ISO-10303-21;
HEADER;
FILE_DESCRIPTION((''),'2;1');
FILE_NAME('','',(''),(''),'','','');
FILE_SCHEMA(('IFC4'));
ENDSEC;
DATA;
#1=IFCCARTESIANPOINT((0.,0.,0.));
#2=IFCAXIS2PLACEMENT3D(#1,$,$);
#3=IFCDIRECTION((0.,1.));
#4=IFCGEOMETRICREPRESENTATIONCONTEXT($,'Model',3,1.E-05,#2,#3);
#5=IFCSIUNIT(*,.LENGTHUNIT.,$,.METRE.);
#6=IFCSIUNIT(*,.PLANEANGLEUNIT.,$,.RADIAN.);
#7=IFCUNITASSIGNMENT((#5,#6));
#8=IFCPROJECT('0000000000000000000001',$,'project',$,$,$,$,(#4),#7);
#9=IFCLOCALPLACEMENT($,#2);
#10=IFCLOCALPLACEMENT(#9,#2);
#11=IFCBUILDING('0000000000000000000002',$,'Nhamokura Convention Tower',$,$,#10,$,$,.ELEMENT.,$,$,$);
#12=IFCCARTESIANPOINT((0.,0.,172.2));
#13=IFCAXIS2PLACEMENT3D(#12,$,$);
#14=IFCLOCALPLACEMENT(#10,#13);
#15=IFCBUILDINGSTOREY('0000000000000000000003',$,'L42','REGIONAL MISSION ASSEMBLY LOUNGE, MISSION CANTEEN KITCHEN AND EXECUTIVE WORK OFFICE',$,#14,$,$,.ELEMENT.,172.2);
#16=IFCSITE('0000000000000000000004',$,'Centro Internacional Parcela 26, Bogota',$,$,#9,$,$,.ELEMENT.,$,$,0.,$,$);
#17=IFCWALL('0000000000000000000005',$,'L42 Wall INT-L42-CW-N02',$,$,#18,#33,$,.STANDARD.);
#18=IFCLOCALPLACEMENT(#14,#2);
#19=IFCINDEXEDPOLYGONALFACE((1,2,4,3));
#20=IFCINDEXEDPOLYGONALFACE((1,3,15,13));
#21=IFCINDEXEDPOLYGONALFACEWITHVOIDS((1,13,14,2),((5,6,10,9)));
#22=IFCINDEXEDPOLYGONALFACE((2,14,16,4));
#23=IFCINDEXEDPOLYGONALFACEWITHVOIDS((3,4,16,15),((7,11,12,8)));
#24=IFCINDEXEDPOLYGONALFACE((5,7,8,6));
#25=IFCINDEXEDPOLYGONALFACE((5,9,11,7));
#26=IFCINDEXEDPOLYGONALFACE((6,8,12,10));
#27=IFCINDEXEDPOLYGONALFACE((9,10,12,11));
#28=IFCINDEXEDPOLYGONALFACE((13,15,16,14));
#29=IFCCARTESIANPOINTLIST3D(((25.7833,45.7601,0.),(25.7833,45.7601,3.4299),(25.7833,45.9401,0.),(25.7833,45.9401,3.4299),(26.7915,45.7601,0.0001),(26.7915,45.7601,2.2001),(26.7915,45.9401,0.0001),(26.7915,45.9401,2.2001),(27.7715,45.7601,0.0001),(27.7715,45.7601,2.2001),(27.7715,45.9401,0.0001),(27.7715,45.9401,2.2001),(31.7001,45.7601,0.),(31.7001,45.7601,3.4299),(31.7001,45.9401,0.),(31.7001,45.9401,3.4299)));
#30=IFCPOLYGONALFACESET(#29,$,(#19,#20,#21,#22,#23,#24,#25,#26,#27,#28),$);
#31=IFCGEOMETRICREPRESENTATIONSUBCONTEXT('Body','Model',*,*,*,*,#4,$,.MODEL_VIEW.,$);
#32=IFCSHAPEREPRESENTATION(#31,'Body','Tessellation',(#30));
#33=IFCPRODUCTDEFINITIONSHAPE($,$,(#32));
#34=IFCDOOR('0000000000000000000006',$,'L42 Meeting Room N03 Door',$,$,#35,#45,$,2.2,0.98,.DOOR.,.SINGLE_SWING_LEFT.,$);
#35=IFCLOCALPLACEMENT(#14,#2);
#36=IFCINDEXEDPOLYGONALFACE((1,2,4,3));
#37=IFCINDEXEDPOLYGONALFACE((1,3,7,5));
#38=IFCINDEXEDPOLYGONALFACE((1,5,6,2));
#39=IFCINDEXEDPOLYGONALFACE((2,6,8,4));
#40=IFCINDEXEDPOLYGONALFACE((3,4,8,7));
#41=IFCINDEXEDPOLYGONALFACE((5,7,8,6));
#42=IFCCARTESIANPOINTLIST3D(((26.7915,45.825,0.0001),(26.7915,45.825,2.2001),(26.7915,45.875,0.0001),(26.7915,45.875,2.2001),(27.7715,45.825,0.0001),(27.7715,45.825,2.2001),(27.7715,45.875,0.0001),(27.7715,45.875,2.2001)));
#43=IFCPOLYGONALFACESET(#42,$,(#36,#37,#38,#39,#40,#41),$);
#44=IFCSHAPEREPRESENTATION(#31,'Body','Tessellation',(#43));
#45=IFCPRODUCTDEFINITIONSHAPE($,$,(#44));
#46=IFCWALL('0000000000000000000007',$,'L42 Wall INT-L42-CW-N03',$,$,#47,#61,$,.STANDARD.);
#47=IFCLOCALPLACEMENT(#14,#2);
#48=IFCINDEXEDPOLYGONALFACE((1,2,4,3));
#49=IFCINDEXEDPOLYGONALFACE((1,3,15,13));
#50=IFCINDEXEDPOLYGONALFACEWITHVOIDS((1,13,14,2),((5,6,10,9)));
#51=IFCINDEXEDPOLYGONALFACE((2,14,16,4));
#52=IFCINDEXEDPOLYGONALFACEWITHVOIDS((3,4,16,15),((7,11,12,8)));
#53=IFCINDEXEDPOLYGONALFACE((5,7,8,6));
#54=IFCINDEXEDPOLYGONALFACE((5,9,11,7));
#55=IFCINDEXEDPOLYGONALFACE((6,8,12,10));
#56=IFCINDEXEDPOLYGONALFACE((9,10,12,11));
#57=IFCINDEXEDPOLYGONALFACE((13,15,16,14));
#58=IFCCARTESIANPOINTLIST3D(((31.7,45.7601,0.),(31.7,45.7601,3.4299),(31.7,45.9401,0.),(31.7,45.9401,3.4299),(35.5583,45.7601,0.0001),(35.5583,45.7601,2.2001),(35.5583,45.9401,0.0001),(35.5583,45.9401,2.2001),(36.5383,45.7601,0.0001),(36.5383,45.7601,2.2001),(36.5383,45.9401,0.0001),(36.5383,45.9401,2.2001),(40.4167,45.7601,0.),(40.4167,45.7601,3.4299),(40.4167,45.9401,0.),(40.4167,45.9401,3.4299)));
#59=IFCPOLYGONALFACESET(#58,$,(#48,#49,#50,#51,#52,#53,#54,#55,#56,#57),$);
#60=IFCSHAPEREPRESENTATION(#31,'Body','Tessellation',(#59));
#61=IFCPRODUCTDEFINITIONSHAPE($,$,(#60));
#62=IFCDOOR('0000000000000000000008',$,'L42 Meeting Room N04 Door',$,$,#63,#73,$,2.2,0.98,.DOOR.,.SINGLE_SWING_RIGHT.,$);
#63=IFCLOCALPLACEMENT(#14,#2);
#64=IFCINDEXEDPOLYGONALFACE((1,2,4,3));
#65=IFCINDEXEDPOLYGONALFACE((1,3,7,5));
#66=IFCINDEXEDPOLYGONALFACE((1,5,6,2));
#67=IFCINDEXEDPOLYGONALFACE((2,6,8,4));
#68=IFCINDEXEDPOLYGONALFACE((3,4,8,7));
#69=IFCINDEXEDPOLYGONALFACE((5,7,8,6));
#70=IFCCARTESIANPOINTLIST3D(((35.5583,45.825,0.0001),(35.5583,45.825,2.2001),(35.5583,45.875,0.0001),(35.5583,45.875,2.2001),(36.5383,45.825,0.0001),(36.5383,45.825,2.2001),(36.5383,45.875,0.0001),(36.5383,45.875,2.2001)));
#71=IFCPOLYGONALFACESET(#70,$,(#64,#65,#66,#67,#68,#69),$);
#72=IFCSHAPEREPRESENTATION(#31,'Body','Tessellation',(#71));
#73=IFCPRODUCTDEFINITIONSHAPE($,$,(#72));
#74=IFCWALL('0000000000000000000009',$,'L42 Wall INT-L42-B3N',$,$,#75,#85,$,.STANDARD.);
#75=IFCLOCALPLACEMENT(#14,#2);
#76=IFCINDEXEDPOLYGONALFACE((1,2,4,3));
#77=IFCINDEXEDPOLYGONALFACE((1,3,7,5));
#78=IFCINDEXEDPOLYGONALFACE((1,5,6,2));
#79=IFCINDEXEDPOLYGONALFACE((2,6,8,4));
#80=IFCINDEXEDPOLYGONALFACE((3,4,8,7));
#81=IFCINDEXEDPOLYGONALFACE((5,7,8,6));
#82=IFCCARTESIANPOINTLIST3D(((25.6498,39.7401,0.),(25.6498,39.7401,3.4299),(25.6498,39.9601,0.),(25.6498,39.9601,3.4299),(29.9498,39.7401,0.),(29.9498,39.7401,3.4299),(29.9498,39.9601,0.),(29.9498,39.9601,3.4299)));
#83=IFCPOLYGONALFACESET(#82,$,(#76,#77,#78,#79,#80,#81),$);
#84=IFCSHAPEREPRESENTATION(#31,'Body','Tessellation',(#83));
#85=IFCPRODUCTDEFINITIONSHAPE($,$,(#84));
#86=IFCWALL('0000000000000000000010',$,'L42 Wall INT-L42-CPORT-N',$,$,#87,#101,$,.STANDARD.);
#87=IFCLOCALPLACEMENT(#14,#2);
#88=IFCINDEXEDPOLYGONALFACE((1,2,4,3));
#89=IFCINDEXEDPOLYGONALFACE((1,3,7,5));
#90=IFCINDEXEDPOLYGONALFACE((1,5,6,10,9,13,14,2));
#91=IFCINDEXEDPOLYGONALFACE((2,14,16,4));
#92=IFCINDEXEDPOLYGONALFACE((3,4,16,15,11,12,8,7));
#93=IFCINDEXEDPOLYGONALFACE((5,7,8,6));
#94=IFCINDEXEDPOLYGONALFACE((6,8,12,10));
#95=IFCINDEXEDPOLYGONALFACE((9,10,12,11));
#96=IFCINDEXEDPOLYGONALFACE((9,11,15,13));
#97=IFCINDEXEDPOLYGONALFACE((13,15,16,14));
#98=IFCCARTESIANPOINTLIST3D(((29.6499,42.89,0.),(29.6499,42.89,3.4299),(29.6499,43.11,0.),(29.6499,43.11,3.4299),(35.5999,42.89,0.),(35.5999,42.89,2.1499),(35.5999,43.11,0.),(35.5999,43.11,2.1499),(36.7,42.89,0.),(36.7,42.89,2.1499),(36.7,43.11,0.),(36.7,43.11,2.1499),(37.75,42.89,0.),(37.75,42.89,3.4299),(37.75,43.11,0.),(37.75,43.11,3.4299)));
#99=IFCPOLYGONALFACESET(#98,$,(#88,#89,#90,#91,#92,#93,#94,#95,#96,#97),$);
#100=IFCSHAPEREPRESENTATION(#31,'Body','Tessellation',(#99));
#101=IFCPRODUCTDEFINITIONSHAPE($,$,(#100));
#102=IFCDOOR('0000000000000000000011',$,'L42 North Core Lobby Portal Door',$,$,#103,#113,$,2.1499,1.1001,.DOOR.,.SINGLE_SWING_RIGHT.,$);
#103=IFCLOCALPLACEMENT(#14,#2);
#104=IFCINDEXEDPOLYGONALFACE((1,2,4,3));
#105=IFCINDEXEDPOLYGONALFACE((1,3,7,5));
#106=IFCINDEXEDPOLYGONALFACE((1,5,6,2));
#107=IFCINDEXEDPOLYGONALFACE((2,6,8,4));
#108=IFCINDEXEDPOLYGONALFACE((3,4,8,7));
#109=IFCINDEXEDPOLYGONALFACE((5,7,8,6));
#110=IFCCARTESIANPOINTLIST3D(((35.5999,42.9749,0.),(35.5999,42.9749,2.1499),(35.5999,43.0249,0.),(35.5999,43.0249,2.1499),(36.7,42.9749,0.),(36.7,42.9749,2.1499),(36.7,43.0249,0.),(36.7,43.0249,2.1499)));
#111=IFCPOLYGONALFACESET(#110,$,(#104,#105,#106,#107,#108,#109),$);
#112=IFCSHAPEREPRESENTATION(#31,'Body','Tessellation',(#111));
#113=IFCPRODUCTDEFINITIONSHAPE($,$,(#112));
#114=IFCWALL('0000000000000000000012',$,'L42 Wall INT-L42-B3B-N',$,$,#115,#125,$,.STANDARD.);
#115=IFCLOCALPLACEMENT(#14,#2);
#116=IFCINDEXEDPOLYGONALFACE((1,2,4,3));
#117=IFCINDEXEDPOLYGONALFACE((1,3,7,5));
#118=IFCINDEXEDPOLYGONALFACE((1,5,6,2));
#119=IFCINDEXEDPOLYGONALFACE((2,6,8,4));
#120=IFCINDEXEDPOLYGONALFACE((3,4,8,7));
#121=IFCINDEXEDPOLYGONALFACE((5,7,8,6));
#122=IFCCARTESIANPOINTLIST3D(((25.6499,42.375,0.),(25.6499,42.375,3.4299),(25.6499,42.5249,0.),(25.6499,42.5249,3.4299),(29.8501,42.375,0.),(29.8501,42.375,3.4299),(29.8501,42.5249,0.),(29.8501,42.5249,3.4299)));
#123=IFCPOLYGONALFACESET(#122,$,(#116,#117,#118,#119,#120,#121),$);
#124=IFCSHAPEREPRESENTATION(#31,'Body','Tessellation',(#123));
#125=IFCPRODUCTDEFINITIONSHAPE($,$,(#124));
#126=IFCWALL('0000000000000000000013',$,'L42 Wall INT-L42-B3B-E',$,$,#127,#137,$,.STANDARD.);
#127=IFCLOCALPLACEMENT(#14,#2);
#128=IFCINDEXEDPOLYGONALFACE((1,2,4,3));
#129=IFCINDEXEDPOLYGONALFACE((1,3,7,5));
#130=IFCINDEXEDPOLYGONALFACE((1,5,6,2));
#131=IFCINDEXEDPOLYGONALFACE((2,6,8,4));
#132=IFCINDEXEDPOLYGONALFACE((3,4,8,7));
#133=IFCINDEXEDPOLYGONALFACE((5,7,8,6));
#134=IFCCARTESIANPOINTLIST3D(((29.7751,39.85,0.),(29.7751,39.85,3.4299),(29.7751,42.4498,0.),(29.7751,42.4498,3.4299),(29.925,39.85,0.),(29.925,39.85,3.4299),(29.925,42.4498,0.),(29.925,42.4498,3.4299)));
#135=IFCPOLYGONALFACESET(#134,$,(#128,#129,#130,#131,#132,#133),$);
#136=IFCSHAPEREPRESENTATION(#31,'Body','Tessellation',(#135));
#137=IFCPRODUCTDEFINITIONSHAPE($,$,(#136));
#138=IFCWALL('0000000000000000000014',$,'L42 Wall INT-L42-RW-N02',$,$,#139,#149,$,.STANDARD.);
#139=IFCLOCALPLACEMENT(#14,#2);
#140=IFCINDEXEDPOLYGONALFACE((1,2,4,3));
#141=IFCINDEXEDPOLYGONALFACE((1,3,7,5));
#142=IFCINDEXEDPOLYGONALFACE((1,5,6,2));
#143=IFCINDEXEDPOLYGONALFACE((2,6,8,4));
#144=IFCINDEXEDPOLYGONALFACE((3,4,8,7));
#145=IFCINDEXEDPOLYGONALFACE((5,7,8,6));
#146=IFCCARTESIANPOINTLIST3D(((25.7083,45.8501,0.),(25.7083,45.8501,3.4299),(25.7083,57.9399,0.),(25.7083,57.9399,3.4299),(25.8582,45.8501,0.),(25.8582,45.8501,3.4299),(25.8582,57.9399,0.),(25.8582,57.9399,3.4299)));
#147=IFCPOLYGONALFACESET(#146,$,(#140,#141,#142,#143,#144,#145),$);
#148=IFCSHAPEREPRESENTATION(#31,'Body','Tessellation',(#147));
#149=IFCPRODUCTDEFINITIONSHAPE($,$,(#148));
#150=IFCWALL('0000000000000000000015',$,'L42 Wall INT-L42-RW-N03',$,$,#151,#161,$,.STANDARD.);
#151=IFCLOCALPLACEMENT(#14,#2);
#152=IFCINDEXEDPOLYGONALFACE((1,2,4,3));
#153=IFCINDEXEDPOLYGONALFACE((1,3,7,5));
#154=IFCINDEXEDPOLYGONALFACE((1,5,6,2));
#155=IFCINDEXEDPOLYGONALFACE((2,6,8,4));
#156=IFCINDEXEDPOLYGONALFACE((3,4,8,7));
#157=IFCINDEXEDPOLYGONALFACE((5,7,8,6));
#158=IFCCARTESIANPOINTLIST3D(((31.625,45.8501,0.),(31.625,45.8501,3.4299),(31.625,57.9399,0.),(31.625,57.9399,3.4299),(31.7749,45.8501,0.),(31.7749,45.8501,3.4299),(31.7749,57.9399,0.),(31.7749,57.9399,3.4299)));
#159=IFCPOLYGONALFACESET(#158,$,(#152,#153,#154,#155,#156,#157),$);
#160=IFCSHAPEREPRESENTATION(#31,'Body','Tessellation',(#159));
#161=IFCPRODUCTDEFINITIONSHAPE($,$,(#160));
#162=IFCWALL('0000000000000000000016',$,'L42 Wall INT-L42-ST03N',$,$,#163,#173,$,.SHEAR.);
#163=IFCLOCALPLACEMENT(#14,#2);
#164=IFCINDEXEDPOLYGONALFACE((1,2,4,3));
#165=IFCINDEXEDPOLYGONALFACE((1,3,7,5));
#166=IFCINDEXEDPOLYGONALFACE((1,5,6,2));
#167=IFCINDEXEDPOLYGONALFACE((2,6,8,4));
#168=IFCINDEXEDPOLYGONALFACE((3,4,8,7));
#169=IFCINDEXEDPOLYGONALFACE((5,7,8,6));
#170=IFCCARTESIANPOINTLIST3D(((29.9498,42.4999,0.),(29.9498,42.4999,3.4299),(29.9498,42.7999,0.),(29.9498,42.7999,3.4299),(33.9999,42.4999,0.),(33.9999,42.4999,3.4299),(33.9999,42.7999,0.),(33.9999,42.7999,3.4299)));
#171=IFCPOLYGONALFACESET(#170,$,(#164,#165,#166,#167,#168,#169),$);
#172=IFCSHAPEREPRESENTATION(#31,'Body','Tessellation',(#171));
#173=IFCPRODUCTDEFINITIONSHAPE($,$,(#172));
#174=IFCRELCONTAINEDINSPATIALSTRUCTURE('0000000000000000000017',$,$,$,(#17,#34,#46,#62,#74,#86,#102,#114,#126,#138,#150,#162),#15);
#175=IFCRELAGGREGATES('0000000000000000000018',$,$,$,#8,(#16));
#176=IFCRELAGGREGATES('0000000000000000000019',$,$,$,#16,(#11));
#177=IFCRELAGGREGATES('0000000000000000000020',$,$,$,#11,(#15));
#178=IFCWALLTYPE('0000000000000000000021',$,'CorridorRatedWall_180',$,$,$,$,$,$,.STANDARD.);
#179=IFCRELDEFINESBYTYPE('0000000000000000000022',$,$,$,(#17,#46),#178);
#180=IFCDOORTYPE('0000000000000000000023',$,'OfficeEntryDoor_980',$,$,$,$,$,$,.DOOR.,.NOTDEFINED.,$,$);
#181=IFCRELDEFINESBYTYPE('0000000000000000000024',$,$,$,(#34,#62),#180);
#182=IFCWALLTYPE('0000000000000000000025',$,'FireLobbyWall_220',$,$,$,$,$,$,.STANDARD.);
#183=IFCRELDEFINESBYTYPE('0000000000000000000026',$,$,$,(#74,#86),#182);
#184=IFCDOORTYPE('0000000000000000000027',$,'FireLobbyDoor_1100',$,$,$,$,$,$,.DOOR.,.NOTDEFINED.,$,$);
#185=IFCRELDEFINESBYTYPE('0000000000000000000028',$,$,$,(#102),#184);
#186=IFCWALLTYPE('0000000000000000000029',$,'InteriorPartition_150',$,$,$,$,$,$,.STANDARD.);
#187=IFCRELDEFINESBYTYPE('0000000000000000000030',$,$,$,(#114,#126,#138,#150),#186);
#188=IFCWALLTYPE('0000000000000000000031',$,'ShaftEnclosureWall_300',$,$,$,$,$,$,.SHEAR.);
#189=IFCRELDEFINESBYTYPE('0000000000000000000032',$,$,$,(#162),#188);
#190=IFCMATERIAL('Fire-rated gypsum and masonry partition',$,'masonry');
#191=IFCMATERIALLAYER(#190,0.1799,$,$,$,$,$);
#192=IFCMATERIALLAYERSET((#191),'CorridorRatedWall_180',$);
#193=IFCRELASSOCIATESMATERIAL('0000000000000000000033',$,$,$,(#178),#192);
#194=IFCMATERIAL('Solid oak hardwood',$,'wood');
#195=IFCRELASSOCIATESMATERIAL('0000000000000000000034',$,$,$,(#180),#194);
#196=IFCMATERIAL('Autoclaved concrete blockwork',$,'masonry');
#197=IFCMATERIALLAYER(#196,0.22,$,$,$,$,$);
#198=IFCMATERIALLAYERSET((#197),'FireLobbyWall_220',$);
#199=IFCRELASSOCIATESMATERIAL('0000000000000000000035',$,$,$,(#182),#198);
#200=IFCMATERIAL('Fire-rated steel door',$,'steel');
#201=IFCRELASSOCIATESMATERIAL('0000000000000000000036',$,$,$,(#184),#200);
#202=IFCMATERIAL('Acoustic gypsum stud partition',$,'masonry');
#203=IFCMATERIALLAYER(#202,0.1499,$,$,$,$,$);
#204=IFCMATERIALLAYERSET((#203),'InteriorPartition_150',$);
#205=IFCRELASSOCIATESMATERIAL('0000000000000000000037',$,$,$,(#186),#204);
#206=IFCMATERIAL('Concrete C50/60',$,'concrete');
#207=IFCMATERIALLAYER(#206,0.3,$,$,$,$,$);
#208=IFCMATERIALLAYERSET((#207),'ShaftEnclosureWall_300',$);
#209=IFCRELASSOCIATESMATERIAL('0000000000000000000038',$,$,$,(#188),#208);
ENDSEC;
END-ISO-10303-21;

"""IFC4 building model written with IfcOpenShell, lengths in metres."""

from ifc_helpers import new_model, si_unit, direction, frame, frame_2d, origin, place, context, subcontext, project, spatial, rectangle, extrude, material, layer, layer_set, type_object, element, fill, save


model = new_model("IFC4")

# Units and contexts
model_context = context("Model", 3, precision=1e-05, world=origin(), true_north=direction((0.0, 1.0)))
body_context = subcontext(model_context, "Body", "Model", "MODEL_VIEW")
ifc_project = project(units=[si_unit("LENGTHUNIT", "METRE"), si_unit("PLANEANGLEUNIT", "RADIAN")], contexts=[model_context])

# Site, building, storey
site_placement = place(None, origin())
site = spatial("IfcSite", under=ifc_project, at=site_placement, Name="Centro Internacional Parcela 26, Bogota", CompositionType="ELEMENT", RefElevation=0.0)
building_placement = place(site_placement, origin())
building = spatial("IfcBuilding", under=site, at=building_placement, Name="Nhamokura Convention Tower", CompositionType="ELEMENT")
storey_placement = place(building_placement, frame((0.0, 0.0, 172.2)))
storey = spatial("IfcBuildingStorey", under=building, at=storey_placement, Name="L42", Description="REGIONAL MISSION ASSEMBLY LOUNGE, MISSION CANTEEN KITCHEN AND EXECUTIVE WORK OFFICE", CompositionType="ELEMENT", Elevation=172.2)

# Walls, openings, doors
ifc_material_1 = material(Name="Fire-rated gypsum and masonry partition", Category="masonry")
ifc_layer_1 = layer(ifc_material_1, 0.1799)
ifc_layer_set_1 = layer_set([ifc_layer_1], Name="CorridorRatedWall_180")
wall_type_1 = type_object("IfcWallType", Name="CorridorRatedWall_180", PredefinedType="STANDARD", material=ifc_layer_set_1)
wall_1_placement = place(storey_placement, frame((25.7832, 45.8501, 0.0), z_axis=(0.0, 0.0, 1.0), x_axis=(1.0, 0.0, 0.0)))
wall_1 = element("IfcWall", 1, at=wall_1_placement, inside=storey, type_object=wall_type_1, Name="L42 Wall INT-L42-CW-N02", PredefinedType="STANDARD", context=body_context, shape_type="SweptSolid", body=[
    extrude(rectangle(XDim=5.9167, YDim=0.1799, at=frame_2d((2.9585, 0.0))), origin(), (0.0, 0.0, 1.0), 3.4299),
])
opening_1_placement = place(wall_1_placement, frame((1.0083, 0.0, 0.0)))
opening_1 = element("IfcOpeningElement", 2, at=opening_1_placement, cuts=wall_1, PredefinedType="OPENING", context=body_context, shape_type="SweptSolid", body=[
    extrude(rectangle(XDim=0.98, YDim=2.2, at=frame_2d((0.49, 1.1001))), frame((0.0, 0.0999, 0.0), z_axis=(0.0, -1.0, 0.0), x_axis=(1.0, 0.0, 0.0)), (0.0, 0.0, 1.0), 0.2),
])
ifc_material_2 = material(Name="Solid oak hardwood", Category="wood")
door_type_1 = type_object("IfcDoorType", Name="OfficeEntryDoor_980", OperationType="NOTDEFINED", PredefinedType="DOOR", material=ifc_material_2)
door_1_placement = place(opening_1_placement, origin())
door_1 = element("IfcDoor", 3, at=door_1_placement, inside=storey, type_object=door_type_1, Name="L42 Meeting Room N03 Door", OperationType="SINGLE_SWING_LEFT", OverallHeight=2.2, OverallWidth=0.98, PredefinedType="DOOR", context=body_context, shape_type="SweptSolid", body=[
    extrude(rectangle(XDim=0.98, YDim=2.2, at=frame_2d((0.49, 1.1001))), frame((0.0, 0.0249, 0.0), z_axis=(0.0, -1.0, 0.0), x_axis=(1.0, 0.0, 0.0)), (0.0, 0.0, 1.0), 0.05),
])
fill(opening_1, door_1)
wall_2_placement = place(storey_placement, frame((31.7, 45.8501, 0.0), z_axis=(0.0, 0.0, 1.0), x_axis=(1.0, 0.0, 0.0)))
wall_2 = element("IfcWall", 4, at=wall_2_placement, inside=storey, type_object=wall_type_1, Name="L42 Wall INT-L42-CW-N03", PredefinedType="STANDARD", context=body_context, shape_type="SweptSolid", body=[
    extrude(rectangle(XDim=8.7168, YDim=0.1799, at=frame_2d((4.3584, 0.0))), origin(), (0.0, 0.0, 1.0), 3.4299),
])
opening_2_placement = place(wall_2_placement, frame((3.8584, 0.0, 0.0)))
opening_2 = element("IfcOpeningElement", 5, at=opening_2_placement, cuts=wall_2, PredefinedType="OPENING", context=body_context, shape_type="SweptSolid", body=[
    extrude(rectangle(XDim=0.98, YDim=2.2, at=frame_2d((0.49, 1.1001))), frame((0.0, 0.0999, 0.0), z_axis=(0.0, -1.0, 0.0), x_axis=(1.0, 0.0, 0.0)), (0.0, 0.0, 1.0), 0.2),
])
door_2_placement = place(opening_2_placement, origin())
door_2 = element("IfcDoor", 6, at=door_2_placement, inside=storey, type_object=door_type_1, Name="L42 Meeting Room N04 Door", OperationType="SINGLE_SWING_RIGHT", OverallHeight=2.2, OverallWidth=0.98, PredefinedType="DOOR", context=body_context, shape_type="SweptSolid", body=[
    extrude(rectangle(XDim=0.98, YDim=2.2, at=frame_2d((0.49, 1.1001))), frame((0.0, 0.0249, 0.0), z_axis=(0.0, -1.0, 0.0), x_axis=(1.0, 0.0, 0.0)), (0.0, 0.0, 1.0), 0.05),
])
fill(opening_2, door_2)

# Wall
ifc_material_3 = material(Name="Autoclaved concrete blockwork", Category="masonry")
ifc_layer_2 = layer(ifc_material_3, 0.22)
ifc_layer_set_2 = layer_set([ifc_layer_2], Name="FireLobbyWall_220")
wall_type_2 = type_object("IfcWallType", Name="FireLobbyWall_220", PredefinedType="STANDARD", material=ifc_layer_set_2)
wall_3_placement = place(storey_placement, frame((25.6499, 39.8501, 0.0), z_axis=(0.0, 0.0, 1.0), x_axis=(1.0, 0.0, 0.0)))
element("IfcWall", 7, at=wall_3_placement, inside=storey, type_object=wall_type_2, Name="L42 Wall INT-L42-B3N", PredefinedType="STANDARD", context=body_context, shape_type="SweptSolid", body=[
    extrude(rectangle(XDim=4.3, YDim=0.22, at=frame_2d((2.1499, 0.0))), origin(), (0.0, 0.0, 1.0), 3.4299),
])

# Wall, opening, door
wall_4_placement = place(storey_placement, frame((29.6499, 43.0, 0.0), z_axis=(0.0, 0.0, 1.0), x_axis=(1.0, 0.0, 0.0)))
wall_4 = element("IfcWall", 8, at=wall_4_placement, inside=storey, type_object=wall_type_2, Name="L42 Wall INT-L42-CPORT-N", PredefinedType="STANDARD", context=body_context, shape_type="SweptSolid", body=[
    extrude(rectangle(XDim=8.1001, YDim=0.22, at=frame_2d((4.05, 0.0))), origin(), (0.0, 0.0, 1.0), 3.4299),
])
opening_3_placement = place(wall_4_placement, frame((5.95, 0.0, 0.0)))
opening_3 = element("IfcOpeningElement", 9, at=opening_3_placement, cuts=wall_4, PredefinedType="OPENING", context=body_context, shape_type="SweptSolid", body=[
    extrude(rectangle(XDim=1.1001, YDim=2.1499, at=frame_2d((0.55, 1.075))), frame((0.0, 0.1199, 0.0), z_axis=(0.0, -1.0, 0.0), x_axis=(1.0, 0.0, 0.0)), (0.0, 0.0, 1.0), 0.24),
])
ifc_material_4 = material(Name="Fire-rated steel door", Category="steel")
door_type_2 = type_object("IfcDoorType", Name="FireLobbyDoor_1100", OperationType="NOTDEFINED", PredefinedType="DOOR", material=ifc_material_4)
door_3_placement = place(opening_3_placement, origin())
door_3 = element("IfcDoor", 10, at=door_3_placement, inside=storey, type_object=door_type_2, Name="L42 North Core Lobby Portal Door", OperationType="SINGLE_SWING_RIGHT", OverallHeight=2.1499, OverallWidth=1.1001, PredefinedType="DOOR", context=body_context, shape_type="SweptSolid", body=[
    extrude(rectangle(XDim=1.1001, YDim=2.1499, at=frame_2d((0.55, 1.075))), frame((0.0, 0.0249, 0.0), z_axis=(0.0, -1.0, 0.0), x_axis=(1.0, 0.0, 0.0)), (0.0, 0.0, 1.0), 0.05),
])
fill(opening_3, door_3)

# Walls
ifc_material_5 = material(Name="Acoustic gypsum stud partition", Category="masonry")
ifc_layer_3 = layer(ifc_material_5, 0.1499)
ifc_layer_set_3 = layer_set([ifc_layer_3], Name="InteriorPartition_150")
wall_type_3 = type_object("IfcWallType", Name="InteriorPartition_150", PredefinedType="STANDARD", material=ifc_layer_set_3)
wall_5_placement = place(storey_placement, frame((25.6499, 42.45, 0.0), z_axis=(0.0, 0.0, 1.0), x_axis=(1.0, 0.0, 0.0)))
element("IfcWall", 11, at=wall_5_placement, inside=storey, type_object=wall_type_3, Name="L42 Wall INT-L42-B3B-N", PredefinedType="STANDARD", context=body_context, shape_type="SweptSolid", body=[
    extrude(rectangle(XDim=4.2002, YDim=0.1499, at=frame_2d((2.1001, 0.0))), origin(), (0.0, 0.0, 1.0), 3.4299),
])
wall_6_placement = place(storey_placement, frame((29.8501, 39.8501, 0.0), z_axis=(0.0, 0.0, 1.0), x_axis=(0.0, 1.0, 0.0)))
element("IfcWall", 12, at=wall_6_placement, inside=storey, type_object=wall_type_3, Name="L42 Wall INT-L42-B3B-E", PredefinedType="STANDARD", context=body_context, shape_type="SweptSolid", body=[
    extrude(rectangle(XDim=2.5999, YDim=0.1499, at=frame_2d((1.2998, 0.0))), origin(), (0.0, 0.0, 1.0), 3.4299),
])
for number, where, z_axis, x_axis, name in (
    (13, (25.7832, 45.8501, 0.0), (0.0, 0.0, 1.0), (0.0, 1.0, 0.0), "L42 Wall INT-L42-RW-N02"),
    (14, (31.7, 45.8501, 0.0), (0.0, 0.0, 1.0), (0.0, 1.0, 0.0), "L42 Wall INT-L42-RW-N03"),
):
    element("IfcWall", number, at=place(storey_placement, frame(where, z_axis=z_axis, x_axis=x_axis)), inside=storey, type_object=wall_type_3, Name=name, PredefinedType="STANDARD", context=body_context, shape_type="SweptSolid", body=[
        extrude(rectangle(XDim=12.0898, YDim=0.1499, at=frame_2d((6.0449, 0.0))), origin(), (0.0, 0.0, 1.0), 3.4299),
    ])
ifc_material_6 = material(Name="Concrete C50/60", Category="concrete")
ifc_layer_4 = layer(ifc_material_6, 0.3)
ifc_layer_set_4 = layer_set([ifc_layer_4], Name="ShaftEnclosureWall_300")
wall_type_4 = type_object("IfcWallType", Name="ShaftEnclosureWall_300", PredefinedType="SHEAR", material=ifc_layer_set_4)
wall_7_placement = place(storey_placement, frame((29.95, 42.6499, 0.0), z_axis=(0.0, 0.0, 1.0), x_axis=(1.0, 0.0, 0.0)))
element("IfcWall", 15, at=wall_7_placement, inside=storey, type_object=wall_type_4, Name="L42 Wall INT-L42-ST03N", PredefinedType="SHEAR", context=body_context, shape_type="SweptSolid", body=[
    extrude(rectangle(XDim=4.05, YDim=0.3, at=frame_2d((2.0249, 0.0))), origin(), (0.0, 0.0, 1.0), 3.4299),
])

save(model, "model.ifc")
